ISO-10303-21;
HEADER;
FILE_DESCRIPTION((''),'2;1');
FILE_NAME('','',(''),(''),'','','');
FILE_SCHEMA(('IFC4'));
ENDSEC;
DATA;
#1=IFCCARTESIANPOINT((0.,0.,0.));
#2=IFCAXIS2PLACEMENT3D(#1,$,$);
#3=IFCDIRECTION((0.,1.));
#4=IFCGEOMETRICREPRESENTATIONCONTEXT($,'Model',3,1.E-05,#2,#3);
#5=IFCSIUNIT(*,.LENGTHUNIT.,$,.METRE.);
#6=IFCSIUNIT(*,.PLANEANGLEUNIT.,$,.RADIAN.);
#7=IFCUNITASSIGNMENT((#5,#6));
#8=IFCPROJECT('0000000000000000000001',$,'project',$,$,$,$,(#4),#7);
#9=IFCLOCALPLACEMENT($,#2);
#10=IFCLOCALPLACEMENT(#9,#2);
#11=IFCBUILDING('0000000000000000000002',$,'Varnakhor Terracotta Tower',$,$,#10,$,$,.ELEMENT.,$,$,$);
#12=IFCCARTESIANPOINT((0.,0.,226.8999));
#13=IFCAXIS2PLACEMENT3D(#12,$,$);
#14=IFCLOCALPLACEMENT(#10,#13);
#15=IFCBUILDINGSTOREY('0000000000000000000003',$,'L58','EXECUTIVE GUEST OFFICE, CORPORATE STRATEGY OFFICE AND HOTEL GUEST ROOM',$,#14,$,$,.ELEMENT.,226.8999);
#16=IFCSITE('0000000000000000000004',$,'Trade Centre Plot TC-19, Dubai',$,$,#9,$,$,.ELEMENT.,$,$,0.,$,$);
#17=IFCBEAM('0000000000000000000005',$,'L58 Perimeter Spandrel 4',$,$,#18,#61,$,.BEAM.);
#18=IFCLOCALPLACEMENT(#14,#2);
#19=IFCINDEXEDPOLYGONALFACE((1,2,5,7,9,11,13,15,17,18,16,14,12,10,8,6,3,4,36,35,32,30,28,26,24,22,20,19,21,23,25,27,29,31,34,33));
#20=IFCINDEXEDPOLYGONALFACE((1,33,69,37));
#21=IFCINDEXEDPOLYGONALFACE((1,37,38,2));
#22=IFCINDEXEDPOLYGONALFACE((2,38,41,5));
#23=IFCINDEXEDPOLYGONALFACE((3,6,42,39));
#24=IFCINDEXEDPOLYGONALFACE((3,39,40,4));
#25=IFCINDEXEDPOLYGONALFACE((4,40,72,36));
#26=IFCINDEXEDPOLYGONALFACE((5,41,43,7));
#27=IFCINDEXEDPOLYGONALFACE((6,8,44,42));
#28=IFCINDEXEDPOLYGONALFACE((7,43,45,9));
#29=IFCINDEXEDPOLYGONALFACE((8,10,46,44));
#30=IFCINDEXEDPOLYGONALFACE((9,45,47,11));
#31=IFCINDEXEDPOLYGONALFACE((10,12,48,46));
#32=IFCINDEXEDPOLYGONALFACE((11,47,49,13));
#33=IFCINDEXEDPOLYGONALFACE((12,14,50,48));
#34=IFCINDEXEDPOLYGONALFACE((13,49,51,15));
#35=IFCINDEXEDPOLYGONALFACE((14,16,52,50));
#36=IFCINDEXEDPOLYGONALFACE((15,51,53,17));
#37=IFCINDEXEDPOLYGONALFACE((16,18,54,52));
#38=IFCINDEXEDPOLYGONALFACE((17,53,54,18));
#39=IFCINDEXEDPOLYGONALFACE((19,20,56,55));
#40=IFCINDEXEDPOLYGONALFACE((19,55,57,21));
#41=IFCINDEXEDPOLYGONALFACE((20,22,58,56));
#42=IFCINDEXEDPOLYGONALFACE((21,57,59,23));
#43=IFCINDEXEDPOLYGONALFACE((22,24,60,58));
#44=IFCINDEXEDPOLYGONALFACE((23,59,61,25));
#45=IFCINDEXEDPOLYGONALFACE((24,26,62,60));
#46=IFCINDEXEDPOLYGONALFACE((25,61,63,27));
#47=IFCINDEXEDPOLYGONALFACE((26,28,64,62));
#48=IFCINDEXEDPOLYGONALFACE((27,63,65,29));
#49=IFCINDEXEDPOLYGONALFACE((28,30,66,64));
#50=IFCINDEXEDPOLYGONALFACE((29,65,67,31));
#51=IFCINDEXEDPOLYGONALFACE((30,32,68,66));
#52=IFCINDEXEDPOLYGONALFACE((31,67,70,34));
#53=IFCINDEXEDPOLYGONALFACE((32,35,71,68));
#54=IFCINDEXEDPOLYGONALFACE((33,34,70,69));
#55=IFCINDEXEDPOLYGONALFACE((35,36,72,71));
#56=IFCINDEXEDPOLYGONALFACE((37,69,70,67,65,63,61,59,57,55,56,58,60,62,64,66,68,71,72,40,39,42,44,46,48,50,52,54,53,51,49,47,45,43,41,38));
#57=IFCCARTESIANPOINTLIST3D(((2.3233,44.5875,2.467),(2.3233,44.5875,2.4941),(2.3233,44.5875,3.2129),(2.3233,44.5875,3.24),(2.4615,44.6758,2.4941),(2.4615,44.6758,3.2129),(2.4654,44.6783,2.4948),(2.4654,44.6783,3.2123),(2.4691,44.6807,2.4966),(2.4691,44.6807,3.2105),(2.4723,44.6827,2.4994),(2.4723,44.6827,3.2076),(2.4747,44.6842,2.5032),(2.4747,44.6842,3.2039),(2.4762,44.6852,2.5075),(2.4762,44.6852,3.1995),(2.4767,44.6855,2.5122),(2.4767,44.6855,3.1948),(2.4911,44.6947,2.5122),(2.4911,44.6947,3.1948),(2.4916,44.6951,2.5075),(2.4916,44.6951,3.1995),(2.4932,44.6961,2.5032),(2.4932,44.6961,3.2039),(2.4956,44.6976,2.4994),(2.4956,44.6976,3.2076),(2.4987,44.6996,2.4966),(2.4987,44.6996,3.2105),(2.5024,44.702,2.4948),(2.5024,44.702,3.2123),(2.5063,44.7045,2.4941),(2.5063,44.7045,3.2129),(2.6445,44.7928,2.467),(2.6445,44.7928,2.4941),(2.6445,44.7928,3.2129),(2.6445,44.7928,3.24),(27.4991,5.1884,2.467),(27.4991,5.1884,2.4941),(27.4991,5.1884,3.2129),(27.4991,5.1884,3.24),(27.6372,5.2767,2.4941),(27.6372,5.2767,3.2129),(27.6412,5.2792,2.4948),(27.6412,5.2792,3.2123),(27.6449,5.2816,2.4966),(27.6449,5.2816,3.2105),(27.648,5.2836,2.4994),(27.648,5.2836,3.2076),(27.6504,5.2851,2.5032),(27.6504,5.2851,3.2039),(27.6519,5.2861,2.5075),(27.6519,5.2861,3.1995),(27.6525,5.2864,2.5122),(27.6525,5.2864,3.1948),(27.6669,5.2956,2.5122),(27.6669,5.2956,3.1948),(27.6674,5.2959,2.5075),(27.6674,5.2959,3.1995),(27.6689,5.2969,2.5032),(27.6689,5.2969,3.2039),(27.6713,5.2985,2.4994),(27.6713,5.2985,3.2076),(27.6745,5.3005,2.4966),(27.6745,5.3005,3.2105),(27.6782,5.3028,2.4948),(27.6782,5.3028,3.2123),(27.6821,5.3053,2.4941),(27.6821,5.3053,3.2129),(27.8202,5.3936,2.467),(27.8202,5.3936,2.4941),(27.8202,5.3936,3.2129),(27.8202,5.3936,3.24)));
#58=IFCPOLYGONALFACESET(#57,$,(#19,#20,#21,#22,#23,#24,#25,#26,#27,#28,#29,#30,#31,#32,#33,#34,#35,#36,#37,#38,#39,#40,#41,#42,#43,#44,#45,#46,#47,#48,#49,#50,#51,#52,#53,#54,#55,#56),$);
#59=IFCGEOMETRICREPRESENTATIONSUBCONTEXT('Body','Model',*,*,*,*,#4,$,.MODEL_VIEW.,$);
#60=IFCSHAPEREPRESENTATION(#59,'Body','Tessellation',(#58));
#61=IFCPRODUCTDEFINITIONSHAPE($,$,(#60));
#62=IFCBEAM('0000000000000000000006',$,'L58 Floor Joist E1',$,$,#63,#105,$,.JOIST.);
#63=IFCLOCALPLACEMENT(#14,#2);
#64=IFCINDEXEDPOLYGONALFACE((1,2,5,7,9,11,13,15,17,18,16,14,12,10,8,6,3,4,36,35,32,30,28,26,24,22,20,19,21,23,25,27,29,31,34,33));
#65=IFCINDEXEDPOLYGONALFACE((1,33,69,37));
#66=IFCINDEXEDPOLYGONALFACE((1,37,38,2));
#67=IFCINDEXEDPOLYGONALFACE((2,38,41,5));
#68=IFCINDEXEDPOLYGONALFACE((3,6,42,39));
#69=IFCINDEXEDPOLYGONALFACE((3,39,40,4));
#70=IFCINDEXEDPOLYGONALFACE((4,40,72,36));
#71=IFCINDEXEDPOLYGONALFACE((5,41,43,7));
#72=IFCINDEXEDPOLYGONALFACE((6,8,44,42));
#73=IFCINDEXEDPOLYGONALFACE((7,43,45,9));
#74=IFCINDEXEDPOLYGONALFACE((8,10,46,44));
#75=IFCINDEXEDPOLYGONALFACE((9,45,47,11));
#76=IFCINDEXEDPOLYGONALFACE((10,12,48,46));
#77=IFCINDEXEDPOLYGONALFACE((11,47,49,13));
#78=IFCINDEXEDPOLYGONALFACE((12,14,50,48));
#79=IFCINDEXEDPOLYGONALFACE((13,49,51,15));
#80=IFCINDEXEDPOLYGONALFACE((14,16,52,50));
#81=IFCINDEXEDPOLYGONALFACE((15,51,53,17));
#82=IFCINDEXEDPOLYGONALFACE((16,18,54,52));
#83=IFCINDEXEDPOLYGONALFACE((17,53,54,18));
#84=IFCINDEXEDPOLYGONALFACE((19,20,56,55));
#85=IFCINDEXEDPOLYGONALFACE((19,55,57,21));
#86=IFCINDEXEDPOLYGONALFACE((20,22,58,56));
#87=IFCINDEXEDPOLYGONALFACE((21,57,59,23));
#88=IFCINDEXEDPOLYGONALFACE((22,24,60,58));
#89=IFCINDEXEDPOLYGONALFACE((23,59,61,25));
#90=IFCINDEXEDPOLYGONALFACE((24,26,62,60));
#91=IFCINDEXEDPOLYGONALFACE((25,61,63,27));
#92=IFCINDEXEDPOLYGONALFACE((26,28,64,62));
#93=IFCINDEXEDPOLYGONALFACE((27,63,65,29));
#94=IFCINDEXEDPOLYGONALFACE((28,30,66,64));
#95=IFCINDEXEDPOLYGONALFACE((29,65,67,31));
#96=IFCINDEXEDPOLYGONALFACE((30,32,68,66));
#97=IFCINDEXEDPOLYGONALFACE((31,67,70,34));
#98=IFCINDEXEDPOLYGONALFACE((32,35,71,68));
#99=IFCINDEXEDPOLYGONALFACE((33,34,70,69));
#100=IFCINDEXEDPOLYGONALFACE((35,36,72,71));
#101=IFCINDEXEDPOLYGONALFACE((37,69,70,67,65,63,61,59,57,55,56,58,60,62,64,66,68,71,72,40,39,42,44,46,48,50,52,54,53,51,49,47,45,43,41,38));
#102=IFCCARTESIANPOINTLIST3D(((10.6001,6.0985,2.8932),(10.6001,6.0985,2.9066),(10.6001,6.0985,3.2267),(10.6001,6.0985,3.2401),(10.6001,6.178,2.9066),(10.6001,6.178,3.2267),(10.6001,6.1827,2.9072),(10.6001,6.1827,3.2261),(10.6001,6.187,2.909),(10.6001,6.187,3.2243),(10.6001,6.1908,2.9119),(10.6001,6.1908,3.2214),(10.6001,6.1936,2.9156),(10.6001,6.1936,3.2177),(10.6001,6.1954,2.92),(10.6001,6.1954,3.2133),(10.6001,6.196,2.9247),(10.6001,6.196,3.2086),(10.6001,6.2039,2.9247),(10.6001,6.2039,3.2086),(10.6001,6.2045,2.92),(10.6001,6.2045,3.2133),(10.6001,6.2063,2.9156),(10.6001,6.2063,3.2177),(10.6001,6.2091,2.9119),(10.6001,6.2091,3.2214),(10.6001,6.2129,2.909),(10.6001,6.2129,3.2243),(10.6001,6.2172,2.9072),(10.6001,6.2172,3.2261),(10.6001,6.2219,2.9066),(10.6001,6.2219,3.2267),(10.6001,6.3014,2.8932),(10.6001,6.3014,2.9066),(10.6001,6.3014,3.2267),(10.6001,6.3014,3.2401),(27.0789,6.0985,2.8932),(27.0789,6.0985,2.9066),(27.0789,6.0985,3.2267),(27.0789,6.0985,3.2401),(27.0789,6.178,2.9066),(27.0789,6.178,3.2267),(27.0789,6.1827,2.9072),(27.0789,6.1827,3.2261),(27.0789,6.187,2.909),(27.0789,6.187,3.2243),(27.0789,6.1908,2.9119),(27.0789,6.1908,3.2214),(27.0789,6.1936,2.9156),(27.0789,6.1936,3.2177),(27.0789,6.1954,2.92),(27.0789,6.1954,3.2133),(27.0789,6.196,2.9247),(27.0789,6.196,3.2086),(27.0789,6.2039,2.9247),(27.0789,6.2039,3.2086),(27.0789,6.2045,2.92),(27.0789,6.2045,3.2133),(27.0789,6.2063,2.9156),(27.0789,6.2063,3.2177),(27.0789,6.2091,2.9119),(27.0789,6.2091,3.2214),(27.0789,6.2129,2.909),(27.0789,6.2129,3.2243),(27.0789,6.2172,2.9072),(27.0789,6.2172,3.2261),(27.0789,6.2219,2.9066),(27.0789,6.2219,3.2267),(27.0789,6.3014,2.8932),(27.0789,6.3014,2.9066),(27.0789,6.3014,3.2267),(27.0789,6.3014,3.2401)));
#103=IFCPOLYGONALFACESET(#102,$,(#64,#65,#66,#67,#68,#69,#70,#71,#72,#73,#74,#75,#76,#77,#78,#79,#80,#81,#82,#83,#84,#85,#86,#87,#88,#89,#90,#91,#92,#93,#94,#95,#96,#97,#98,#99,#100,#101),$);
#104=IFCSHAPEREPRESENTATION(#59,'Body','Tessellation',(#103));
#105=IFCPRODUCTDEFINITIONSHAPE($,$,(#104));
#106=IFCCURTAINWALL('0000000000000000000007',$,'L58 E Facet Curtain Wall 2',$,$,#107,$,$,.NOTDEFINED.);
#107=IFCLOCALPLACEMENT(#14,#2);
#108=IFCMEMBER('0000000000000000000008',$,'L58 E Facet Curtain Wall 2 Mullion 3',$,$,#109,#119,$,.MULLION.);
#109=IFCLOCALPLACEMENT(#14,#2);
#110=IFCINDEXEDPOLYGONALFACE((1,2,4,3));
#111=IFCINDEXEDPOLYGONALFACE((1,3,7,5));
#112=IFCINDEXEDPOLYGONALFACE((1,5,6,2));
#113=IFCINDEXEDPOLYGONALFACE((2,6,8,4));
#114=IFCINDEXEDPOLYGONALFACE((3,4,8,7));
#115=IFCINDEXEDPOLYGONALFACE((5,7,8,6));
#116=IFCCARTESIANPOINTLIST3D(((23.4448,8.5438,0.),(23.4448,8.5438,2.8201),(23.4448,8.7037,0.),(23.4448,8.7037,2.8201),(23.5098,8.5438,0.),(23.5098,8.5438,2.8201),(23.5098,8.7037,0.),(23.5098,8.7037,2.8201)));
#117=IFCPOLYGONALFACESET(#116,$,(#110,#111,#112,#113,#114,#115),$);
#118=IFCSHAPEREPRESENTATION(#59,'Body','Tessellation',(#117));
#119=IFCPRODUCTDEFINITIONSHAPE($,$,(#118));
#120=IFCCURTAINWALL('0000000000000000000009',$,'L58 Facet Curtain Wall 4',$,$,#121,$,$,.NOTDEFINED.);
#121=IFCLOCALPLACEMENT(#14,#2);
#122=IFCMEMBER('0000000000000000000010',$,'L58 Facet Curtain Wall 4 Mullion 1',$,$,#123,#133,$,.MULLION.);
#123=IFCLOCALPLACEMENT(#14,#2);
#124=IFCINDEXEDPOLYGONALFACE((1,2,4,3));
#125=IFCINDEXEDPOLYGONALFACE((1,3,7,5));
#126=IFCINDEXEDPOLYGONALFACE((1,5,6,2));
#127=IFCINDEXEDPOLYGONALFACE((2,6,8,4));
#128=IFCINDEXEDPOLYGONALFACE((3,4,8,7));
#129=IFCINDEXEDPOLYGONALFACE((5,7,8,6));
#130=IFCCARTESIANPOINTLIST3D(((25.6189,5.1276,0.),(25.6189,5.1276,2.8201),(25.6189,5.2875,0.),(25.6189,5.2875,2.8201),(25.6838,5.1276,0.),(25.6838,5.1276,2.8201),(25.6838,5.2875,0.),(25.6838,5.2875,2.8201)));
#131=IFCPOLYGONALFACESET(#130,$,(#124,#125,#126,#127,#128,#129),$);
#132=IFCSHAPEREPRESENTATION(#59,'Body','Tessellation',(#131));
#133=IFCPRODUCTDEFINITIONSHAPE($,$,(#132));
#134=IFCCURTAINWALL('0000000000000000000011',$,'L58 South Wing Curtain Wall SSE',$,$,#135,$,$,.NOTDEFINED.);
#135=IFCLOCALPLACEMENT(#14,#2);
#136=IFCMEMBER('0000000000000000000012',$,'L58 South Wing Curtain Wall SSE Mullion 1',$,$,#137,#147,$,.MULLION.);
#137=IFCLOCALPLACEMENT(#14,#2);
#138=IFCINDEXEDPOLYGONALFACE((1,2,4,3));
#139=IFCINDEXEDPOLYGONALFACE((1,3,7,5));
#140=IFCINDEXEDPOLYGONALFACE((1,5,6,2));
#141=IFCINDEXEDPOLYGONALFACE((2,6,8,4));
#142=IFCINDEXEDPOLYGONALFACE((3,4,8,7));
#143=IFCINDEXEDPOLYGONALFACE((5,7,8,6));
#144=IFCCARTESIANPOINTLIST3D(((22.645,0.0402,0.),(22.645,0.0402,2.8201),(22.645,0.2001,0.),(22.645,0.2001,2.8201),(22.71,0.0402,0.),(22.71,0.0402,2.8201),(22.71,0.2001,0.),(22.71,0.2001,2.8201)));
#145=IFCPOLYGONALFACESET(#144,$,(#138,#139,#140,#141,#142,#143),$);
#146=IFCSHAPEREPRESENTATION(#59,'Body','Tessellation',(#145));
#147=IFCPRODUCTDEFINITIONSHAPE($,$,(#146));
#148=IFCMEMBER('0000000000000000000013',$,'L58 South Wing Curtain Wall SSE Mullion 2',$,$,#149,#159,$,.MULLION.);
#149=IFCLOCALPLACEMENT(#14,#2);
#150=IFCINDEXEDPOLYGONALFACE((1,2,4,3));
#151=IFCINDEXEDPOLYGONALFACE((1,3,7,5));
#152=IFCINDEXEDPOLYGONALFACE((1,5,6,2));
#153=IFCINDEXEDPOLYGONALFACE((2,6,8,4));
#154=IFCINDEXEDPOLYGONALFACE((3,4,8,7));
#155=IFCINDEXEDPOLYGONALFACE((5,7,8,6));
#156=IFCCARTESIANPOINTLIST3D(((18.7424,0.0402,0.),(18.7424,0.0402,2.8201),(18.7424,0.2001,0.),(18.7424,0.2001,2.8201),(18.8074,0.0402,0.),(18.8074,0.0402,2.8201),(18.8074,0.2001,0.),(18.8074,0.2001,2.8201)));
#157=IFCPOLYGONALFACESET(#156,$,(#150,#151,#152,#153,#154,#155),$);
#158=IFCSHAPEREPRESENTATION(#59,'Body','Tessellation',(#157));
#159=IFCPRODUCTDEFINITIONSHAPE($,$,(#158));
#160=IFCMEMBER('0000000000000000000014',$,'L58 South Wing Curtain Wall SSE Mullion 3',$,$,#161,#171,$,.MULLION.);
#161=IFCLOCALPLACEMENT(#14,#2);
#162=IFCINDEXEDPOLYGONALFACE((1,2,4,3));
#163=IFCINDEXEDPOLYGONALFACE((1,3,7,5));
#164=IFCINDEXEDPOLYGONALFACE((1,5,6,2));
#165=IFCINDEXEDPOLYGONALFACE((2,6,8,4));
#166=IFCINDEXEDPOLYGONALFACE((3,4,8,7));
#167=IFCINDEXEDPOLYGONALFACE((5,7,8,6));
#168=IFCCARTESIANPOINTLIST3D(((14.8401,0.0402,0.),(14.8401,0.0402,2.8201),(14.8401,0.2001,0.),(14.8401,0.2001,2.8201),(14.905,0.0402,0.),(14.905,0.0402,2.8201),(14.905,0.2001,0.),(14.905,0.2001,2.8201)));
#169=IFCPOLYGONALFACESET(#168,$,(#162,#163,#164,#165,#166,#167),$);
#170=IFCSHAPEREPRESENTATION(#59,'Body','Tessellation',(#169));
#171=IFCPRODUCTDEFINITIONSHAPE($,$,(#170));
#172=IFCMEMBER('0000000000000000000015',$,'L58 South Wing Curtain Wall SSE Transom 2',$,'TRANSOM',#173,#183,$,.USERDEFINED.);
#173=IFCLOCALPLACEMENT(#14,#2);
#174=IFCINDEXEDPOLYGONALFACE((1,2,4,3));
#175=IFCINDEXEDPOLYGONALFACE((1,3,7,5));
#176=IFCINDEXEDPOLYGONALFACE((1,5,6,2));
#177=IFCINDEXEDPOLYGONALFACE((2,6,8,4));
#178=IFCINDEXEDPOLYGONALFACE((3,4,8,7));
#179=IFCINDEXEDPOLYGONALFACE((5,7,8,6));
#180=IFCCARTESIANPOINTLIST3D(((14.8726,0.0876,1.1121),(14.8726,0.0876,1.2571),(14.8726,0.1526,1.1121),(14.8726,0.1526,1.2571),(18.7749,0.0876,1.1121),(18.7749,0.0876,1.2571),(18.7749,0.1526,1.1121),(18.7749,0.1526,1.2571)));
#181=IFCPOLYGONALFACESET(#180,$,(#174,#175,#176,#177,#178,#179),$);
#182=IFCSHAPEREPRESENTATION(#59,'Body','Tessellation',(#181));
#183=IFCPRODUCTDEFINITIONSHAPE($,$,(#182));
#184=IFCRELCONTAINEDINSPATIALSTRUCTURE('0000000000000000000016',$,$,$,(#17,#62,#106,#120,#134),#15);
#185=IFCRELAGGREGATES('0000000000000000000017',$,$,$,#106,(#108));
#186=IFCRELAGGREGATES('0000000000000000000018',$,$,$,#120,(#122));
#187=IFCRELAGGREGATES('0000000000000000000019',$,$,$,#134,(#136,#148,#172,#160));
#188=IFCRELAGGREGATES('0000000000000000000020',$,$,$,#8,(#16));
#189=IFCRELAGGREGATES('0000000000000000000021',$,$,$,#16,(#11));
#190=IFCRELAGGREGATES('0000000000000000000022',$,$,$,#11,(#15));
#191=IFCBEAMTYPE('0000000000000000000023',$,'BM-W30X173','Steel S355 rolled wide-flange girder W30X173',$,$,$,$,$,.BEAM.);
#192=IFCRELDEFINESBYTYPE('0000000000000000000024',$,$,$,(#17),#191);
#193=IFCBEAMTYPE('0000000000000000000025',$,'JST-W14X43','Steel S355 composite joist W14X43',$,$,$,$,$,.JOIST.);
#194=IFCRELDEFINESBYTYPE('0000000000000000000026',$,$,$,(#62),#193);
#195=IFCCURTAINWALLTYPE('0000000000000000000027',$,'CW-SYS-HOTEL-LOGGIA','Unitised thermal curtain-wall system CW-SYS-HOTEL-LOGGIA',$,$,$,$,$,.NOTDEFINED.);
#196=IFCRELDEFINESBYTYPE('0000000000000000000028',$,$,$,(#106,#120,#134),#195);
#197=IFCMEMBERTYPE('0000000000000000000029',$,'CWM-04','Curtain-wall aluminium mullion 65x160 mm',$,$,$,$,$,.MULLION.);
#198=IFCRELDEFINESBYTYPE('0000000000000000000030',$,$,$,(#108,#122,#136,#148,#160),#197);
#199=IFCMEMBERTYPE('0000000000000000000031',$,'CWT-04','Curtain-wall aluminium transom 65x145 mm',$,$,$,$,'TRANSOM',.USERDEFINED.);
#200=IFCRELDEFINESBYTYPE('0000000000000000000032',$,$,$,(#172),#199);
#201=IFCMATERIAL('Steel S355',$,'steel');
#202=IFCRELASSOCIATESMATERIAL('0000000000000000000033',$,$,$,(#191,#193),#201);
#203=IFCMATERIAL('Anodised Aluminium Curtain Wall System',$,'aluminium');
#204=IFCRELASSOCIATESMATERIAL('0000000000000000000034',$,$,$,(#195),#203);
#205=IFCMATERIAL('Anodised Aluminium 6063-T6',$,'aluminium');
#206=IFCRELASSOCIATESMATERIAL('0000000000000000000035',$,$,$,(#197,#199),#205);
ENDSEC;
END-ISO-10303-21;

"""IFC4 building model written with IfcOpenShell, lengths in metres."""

from ifc_helpers import new_model, si_unit, direction, frame, origin, origin_2d, place, context, subcontext, project, spatial, rectangle, i_section, extrude, source, transform, mapped, material, material_profile, profile_set, type_object, type_shapes, element, aggregate, save


model = new_model("IFC4")

# Units and contexts
model_context = context("Model", 3, precision=1e-05, world=origin(), true_north=direction((0.0, 1.0)))
body_context = subcontext(model_context, "Body", "Model", "MODEL_VIEW")
ifc_project = project(units=[si_unit("LENGTHUNIT", "METRE"), si_unit("PLANEANGLEUNIT", "RADIAN")], contexts=[model_context])

# Site, building, storey
site_placement = place(None, origin())
site = spatial("IfcSite", under=ifc_project, at=site_placement, Name="Trade Centre Plot TC-19, Dubai", CompositionType="ELEMENT", RefElevation=0.0)
building_placement = place(site_placement, origin())
building = spatial("IfcBuilding", under=site, at=building_placement, Name="Varnakhor Terracotta Tower", CompositionType="ELEMENT")
storey_placement = place(building_placement, frame((0.0, 0.0, 226.8999)))
storey = spatial("IfcBuildingStorey", under=building, at=storey_placement, Name="L58", Description="EXECUTIVE GUEST OFFICE, CORPORATE STRATEGY OFFICE AND HOTEL GUEST ROOM", CompositionType="ELEMENT", Elevation=226.8999)

# Shared definitions
ifc_material_1 = material(Name="Steel S355", Category="steel")

# Beams
ifc_material_profile_1 = material_profile(ifc_material_1, i_section(OverallWidth=0.3811, OverallDepth=0.7729, WebThickness=0.0171, FlangeThickness=0.0271, FilletRadius=0.0181, at=origin_2d()), Name="W30X173")
ifc_profile_set_1 = profile_set([ifc_material_profile_1], Name="Steel S355")
beam_type_1 = type_object("IfcBeamType", Name="BM-W30X173", Description="Steel S355 rolled wide-flange girder W30X173", PredefinedType="BEAM", material=ifc_profile_set_1)
shared_shape_1 = source(origin(), body_context, "Body", "SweptSolid", [
    extrude(i_section(OverallWidth=0.3811, OverallDepth=0.7729, WebThickness=0.0171, FlangeThickness=0.0271, FilletRadius=0.0181, at=origin_2d()), origin(), (0.0, 0.0, 1.0), 46.7559),
])
beam_1_placement = place(storey_placement, frame((27.6597, 5.291, 2.8535), z_axis=(-0.538451, 0.842657, 0.0), x_axis=(-0.842657, -0.538451, 0.0)))
element("IfcBeam", 1, at=beam_1_placement, inside=storey, type_object=beam_type_1, Name="L58 Perimeter Spandrel 4", PredefinedType="BEAM", context=body_context, shape_type="MappedRepresentation", body=[
    mapped(shared_shape_1, transform((0.0, 0.0, 0.0), scale=1.0)),
])
ifc_material_profile_2 = material_profile(ifc_material_1, i_section(OverallWidth=0.2029, OverallDepth=0.3469, WebThickness=0.0078, FlangeThickness=0.0134, FilletRadius=0.0181, at=origin_2d()), Name="W14X43")
ifc_profile_set_2 = profile_set([ifc_material_profile_2], Name="Steel S355")
beam_type_2 = type_object("IfcBeamType", Name="JST-W14X43", Description="Steel S355 composite joist W14X43", PredefinedType="JOIST", material=ifc_profile_set_2)
shared_shape_2 = source(origin(), body_context, "Body", "SweptSolid", [
    extrude(i_section(OverallWidth=0.2029, OverallDepth=0.3469, WebThickness=0.0078, FlangeThickness=0.0134, FilletRadius=0.0181, at=origin_2d()), origin(), (0.0, 0.0, 1.0), 16.4788),
])
beam_2_placement = place(storey_placement, frame((10.6001, 6.2, 3.0667), z_axis=(1.0, 0.0, 0.0), x_axis=(0.0, 1.0, 0.0)))
element("IfcBeam", 2, at=beam_2_placement, inside=storey, type_object=beam_type_2, Name="L58 Floor Joist E1", PredefinedType="JOIST", context=body_context, shape_type="MappedRepresentation", body=[
    mapped(shared_shape_2, transform((0.0, 0.0, 0.0), scale=1.0)),
])

# Curtain walls, members
ifc_material_2 = material(Name="Anodised Aluminium Curtain Wall System", Category="aluminium")
curtain_wall_type = type_object("IfcCurtainWallType", Name="CW-SYS-HOTEL-LOGGIA", Description="Unitised thermal curtain-wall system CW-SYS-HOTEL-LOGGIA", PredefinedType="NOTDEFINED", material=ifc_material_2)
curtain_wall_1_placement = place(storey_placement, origin())
curtain_wall_1 = element("IfcCurtainWall", 3, at=curtain_wall_1_placement, inside=storey, type_object=curtain_wall_type, Name="L58 E Facet Curtain Wall 2", PredefinedType="NOTDEFINED")
ifc_material_3 = material(Name="Anodised Aluminium 6063-T6", Category="aluminium")
ifc_material_profile_3 = material_profile(ifc_material_3, rectangle(XDim=0.0649, YDim=0.1599, at=origin_2d()), Name="ALU MULLION 65x160")
ifc_profile_set_3 = profile_set([ifc_material_profile_3], Name="Anodised Aluminium 6063-T6")
member_type_1 = type_object("IfcMemberType", Name="CWM-04", Description="Curtain-wall aluminium mullion 65x160 mm", PredefinedType="MULLION", material=ifc_profile_set_3)
shared_shape_3 = source(origin(), body_context, "Body", "SweptSolid", [
    extrude(rectangle(XDim=0.0649, YDim=0.1599, at=origin_2d()), origin(), (0.0, 0.0, 1.0), 2.8201),
])
type_shapes(member_type_1, [shared_shape_3])
member_1_placement = place(storey_placement, frame((23.4773, 8.6238, 0.0), z_axis=(0.0, 0.0, 1.0), x_axis=(1.0, 0.0, 0.0)))
member_1 = element("IfcMember", 4, at=member_1_placement, type_object=member_type_1, Name="L58 E Facet Curtain Wall 2 Mullion 3", PredefinedType="MULLION", context=body_context, shape_type="MappedRepresentation", body=[
    mapped(shared_shape_3, transform((0.0, 0.0, 0.0), scale=1.0)),
])
curtain_wall_2_placement = place(storey_placement, origin())
curtain_wall_2 = element("IfcCurtainWall", 5, at=curtain_wall_2_placement, inside=storey, type_object=curtain_wall_type, Name="L58 Facet Curtain Wall 4", PredefinedType="NOTDEFINED")
member_2_placement = place(storey_placement, frame((25.6514, 5.2075, 0.0), z_axis=(0.0, 0.0, 1.0), x_axis=(1.0, 0.0, 0.0)))
member_2 = element("IfcMember", 6, at=member_2_placement, type_object=member_type_1, Name="L58 Facet Curtain Wall 4 Mullion 1", PredefinedType="MULLION", context=body_context, shape_type="MappedRepresentation", body=[
    mapped(shared_shape_3, transform((0.0, 0.0, 0.0), scale=1.0)),
])

# Curtain wall, members
curtain_wall_3_placement = place(storey_placement, origin())
curtain_wall_3 = element("IfcCurtainWall", 7, at=curtain_wall_3_placement, inside=storey, type_object=curtain_wall_type, Name="L58 South Wing Curtain Wall SSE", PredefinedType="NOTDEFINED")
member_3_placement = place(storey_placement, frame((22.6775, 0.1201, 0.0), z_axis=(0.0, 0.0, 1.0), x_axis=(1.0, 0.0, 0.0)))
member_3 = element("IfcMember", 8, at=member_3_placement, type_object=member_type_1, Name="L58 South Wing Curtain Wall SSE Mullion 1", PredefinedType="MULLION", context=body_context, shape_type="MappedRepresentation", body=[
    mapped(shared_shape_3, transform((0.0, 0.0, 0.0), scale=1.0)),
])
member_4_placement = place(storey_placement, frame((18.7749, 0.1201, 0.0), z_axis=(0.0, 0.0, 1.0), x_axis=(1.0, 0.0, 0.0)))
member_4 = element("IfcMember", 9, at=member_4_placement, type_object=member_type_1, Name="L58 South Wing Curtain Wall SSE Mullion 2", PredefinedType="MULLION", context=body_context, shape_type="MappedRepresentation", body=[
    mapped(shared_shape_3, transform((0.0, 0.0, 0.0), scale=1.0)),
])
member_5_placement = place(storey_placement, frame((14.8726, 0.1201, 0.0), z_axis=(0.0, 0.0, 1.0), x_axis=(1.0, 0.0, 0.0)))
member_5 = element("IfcMember", 10, at=member_5_placement, type_object=member_type_1, Name="L58 South Wing Curtain Wall SSE Mullion 3", PredefinedType="MULLION", context=body_context, shape_type="MappedRepresentation", body=[
    mapped(shared_shape_3, transform((0.0, 0.0, 0.0), scale=1.0)),
])
ifc_material_profile_4 = material_profile(ifc_material_3, rectangle(XDim=0.0649, YDim=0.145, at=origin_2d()), Name="ALU TRANSOM 65x145")
ifc_profile_set_4 = profile_set([ifc_material_profile_4], Name="Anodised Aluminium 6063-T6")
member_type_2 = type_object("IfcMemberType", Name="CWT-04", Description="Curtain-wall aluminium transom 65x145 mm", ElementType="TRANSOM", PredefinedType="USERDEFINED", material=ifc_profile_set_4)
shared_shape_4 = source(origin(), body_context, "Body", "SweptSolid", [
    extrude(rectangle(XDim=0.0649, YDim=0.145, at=origin_2d()), origin(), (0.0, 0.0, 1.0), 3.9023),
])
member_6_placement = place(storey_placement, frame((18.7749, 0.1201, 1.1846), z_axis=(-1.0, 0.0, 0.0), x_axis=(0.0, -1.0, 0.0)))
member_6 = element("IfcMember", 11, at=member_6_placement, type_object=member_type_2, Name="L58 South Wing Curtain Wall SSE Transom 2", ObjectType="TRANSOM", PredefinedType="USERDEFINED", context=body_context, shape_type="MappedRepresentation", body=[
    mapped(shared_shape_4, transform((0.0, 0.0, 0.0), scale=1.0)),
])

aggregate(curtain_wall_1, [member_1])
aggregate(curtain_wall_2, [member_2])
aggregate(curtain_wall_3, [member_3, member_4, member_6, member_5])

save(model, "model.ifc")
